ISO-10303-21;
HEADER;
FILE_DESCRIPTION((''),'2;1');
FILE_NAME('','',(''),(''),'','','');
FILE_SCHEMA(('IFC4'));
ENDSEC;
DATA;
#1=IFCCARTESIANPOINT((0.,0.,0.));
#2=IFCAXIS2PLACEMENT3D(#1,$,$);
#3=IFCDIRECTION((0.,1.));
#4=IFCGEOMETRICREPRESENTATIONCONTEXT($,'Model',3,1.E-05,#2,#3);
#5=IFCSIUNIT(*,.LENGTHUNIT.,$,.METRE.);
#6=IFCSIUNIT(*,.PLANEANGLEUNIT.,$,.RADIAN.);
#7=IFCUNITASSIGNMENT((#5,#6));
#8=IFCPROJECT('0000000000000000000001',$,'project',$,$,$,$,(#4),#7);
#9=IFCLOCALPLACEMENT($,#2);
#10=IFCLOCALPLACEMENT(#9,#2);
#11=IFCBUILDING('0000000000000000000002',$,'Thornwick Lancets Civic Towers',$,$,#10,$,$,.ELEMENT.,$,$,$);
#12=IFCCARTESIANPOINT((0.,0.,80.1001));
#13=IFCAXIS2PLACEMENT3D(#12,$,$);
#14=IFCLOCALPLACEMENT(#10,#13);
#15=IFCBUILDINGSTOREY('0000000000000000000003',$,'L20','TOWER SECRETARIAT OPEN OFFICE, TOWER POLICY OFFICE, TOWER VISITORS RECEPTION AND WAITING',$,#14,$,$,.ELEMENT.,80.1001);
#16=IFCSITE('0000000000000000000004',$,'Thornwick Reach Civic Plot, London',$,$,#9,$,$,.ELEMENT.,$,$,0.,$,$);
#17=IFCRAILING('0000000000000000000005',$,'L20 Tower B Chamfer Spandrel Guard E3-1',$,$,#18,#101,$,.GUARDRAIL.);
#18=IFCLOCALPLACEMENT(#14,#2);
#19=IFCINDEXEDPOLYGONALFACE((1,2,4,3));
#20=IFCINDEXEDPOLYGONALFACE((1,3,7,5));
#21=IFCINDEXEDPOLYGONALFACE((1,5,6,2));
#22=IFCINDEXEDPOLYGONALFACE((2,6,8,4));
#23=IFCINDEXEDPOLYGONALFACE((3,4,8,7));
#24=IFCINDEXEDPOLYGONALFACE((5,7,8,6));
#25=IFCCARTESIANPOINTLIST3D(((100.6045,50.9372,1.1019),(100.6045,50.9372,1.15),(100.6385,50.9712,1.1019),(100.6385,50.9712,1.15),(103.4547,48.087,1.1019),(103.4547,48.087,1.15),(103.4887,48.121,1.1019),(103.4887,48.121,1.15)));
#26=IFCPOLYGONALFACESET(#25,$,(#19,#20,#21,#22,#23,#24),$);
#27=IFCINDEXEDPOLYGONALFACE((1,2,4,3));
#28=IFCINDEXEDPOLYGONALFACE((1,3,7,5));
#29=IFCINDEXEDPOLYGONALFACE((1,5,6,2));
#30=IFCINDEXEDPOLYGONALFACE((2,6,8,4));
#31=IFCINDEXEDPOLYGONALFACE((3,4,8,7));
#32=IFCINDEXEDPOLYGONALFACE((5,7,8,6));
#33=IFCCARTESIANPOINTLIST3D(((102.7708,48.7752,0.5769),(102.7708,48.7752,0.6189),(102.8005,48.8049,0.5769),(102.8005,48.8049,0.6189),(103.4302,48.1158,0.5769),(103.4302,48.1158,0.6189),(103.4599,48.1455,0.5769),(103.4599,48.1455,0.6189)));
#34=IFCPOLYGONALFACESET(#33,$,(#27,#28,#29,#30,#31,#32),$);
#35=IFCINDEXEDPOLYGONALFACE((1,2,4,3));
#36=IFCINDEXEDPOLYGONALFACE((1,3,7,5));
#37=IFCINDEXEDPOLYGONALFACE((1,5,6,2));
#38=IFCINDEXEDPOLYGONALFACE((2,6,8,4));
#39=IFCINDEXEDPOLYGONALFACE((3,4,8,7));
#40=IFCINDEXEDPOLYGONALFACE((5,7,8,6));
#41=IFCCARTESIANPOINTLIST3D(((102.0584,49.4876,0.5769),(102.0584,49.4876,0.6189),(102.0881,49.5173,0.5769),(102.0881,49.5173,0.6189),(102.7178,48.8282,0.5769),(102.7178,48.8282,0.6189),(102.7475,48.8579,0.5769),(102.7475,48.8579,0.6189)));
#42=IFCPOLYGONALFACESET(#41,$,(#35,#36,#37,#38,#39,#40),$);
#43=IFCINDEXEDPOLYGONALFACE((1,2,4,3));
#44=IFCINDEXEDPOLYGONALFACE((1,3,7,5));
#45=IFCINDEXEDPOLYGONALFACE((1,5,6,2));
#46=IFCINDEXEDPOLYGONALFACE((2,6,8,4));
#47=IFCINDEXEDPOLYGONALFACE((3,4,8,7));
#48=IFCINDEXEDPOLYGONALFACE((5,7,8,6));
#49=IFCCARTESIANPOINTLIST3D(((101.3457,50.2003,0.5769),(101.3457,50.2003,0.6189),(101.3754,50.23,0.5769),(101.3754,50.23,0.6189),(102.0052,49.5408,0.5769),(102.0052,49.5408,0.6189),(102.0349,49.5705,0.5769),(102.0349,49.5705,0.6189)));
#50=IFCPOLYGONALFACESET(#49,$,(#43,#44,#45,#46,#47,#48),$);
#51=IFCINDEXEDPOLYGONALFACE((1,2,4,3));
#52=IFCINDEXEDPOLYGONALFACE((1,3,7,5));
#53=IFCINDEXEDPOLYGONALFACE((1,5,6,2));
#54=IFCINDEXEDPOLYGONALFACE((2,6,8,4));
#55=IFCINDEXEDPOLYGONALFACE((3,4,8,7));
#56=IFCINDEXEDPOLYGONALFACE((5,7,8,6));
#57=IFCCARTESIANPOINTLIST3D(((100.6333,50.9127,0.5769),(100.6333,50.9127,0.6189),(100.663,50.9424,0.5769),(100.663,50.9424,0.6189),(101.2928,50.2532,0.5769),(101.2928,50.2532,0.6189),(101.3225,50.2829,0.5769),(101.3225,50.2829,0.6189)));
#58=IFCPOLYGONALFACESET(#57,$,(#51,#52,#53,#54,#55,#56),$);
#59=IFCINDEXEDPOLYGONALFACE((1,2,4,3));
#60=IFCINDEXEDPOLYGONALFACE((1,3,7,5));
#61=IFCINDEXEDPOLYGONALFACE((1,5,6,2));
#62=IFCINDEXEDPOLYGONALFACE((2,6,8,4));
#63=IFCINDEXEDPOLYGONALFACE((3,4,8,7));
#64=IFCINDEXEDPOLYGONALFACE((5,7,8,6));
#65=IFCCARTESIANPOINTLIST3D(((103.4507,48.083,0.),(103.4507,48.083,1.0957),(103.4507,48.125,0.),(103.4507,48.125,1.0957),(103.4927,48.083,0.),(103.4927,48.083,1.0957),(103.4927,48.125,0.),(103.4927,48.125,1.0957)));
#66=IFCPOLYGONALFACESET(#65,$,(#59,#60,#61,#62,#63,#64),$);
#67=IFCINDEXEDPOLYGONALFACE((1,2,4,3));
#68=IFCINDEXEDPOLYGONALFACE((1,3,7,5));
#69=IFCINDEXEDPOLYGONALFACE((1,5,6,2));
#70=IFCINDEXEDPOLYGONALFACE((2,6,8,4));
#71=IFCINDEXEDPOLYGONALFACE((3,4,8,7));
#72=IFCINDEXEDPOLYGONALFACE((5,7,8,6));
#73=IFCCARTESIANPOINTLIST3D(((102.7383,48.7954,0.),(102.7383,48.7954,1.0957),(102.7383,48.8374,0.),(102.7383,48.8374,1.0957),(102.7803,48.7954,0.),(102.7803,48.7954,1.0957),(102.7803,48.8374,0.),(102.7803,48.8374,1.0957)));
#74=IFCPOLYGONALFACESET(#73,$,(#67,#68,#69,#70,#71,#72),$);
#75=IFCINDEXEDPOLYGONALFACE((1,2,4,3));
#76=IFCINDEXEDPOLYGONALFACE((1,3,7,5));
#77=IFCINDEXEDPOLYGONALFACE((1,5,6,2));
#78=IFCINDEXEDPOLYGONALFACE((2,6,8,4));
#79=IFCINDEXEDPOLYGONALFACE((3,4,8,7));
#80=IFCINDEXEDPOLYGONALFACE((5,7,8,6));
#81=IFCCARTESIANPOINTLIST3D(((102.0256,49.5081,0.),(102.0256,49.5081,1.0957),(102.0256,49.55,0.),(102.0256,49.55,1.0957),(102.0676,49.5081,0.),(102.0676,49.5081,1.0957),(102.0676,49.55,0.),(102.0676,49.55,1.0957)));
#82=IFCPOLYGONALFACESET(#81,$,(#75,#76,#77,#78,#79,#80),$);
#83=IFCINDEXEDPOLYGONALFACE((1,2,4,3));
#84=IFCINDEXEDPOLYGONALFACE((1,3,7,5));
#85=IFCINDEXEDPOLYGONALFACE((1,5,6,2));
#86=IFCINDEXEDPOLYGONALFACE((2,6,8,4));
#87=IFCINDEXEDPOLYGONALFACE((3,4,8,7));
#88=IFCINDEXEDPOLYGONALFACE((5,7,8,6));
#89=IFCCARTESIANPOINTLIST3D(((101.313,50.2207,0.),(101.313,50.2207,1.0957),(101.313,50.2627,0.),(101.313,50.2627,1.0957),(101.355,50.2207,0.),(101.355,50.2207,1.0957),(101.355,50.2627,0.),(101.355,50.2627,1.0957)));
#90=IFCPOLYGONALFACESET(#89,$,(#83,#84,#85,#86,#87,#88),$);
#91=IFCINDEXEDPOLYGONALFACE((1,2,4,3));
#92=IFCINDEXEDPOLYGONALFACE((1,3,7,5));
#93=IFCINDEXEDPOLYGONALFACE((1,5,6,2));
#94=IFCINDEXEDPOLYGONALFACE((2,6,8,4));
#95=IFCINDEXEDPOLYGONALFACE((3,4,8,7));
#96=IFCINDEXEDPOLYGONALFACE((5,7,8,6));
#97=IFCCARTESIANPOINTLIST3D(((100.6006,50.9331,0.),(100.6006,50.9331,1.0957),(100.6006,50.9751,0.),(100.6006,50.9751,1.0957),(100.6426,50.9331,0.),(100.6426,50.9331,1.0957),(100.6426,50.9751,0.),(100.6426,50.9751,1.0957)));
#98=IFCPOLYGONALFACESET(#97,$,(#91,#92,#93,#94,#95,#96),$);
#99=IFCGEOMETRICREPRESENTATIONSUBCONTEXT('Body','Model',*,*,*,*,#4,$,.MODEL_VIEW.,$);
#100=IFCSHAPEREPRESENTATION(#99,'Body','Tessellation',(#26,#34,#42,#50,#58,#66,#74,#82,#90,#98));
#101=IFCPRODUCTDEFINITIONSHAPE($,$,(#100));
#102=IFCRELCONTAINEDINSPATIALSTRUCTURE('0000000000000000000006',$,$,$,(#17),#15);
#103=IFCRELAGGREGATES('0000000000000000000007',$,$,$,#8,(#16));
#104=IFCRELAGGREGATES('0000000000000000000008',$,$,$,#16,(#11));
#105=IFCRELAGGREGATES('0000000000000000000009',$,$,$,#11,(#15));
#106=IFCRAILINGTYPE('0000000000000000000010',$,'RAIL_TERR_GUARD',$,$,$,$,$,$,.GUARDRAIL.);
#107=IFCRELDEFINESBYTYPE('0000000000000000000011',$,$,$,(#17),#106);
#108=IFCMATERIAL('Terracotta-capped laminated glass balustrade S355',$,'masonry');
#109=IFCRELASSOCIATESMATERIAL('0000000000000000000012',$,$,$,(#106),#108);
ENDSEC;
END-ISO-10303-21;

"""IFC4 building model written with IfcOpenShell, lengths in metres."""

from ifc_helpers import new_model, si_unit, direction, frame, origin, origin_2d, place, context, subcontext, project, spatial, rectangle, extrude, material, type_object, element, save


model = new_model("IFC4")

# Units and contexts
model_context = context("Model", 3, precision=1e-05, world=origin(), true_north=direction((0.0, 1.0)))
body_context = subcontext(model_context, "Body", "Model", "MODEL_VIEW")
ifc_project = project(units=[si_unit("LENGTHUNIT", "METRE"), si_unit("PLANEANGLEUNIT", "RADIAN")], contexts=[model_context])

# Site, building, storey
site_placement = place(None, origin())
site = spatial("IfcSite", under=ifc_project, at=site_placement, Name="Thornwick Reach Civic Plot, London", CompositionType="ELEMENT", RefElevation=0.0)
building_placement = place(site_placement, origin())
building = spatial("IfcBuilding", under=site, at=building_placement, Name="Thornwick Lancets Civic Towers", CompositionType="ELEMENT")
storey_placement = place(building_placement, frame((0.0, 0.0, 80.1001)))
storey = spatial("IfcBuildingStorey", under=building, at=storey_placement, Name="L20", Description="TOWER SECRETARIAT OPEN OFFICE, TOWER POLICY OFFICE, TOWER VISITORS RECEPTION AND WAITING", CompositionType="ELEMENT", Elevation=80.1001)

# Railing
ifc_material_1 = material(Name="Terracotta-capped laminated glass balustrade S355", Category="masonry")
railing_type = type_object("IfcRailingType", Name="RAIL_TERR_GUARD", PredefinedType="GUARDRAIL", material=ifc_material_1)
railing_placement = place(storey_placement, frame((103.4717, 48.104, 0.0)))
element("IfcRailing", 1, at=railing_placement, inside=storey, type_object=railing_type, Name="L20 Tower B Chamfer Spandrel Guard E3-1", PredefinedType="GUARDRAIL", context=body_context, shape_type="SweptSolid", body=[
    extrude(rectangle(XDim=0.0481, YDim=0.0481, at=origin_2d()), frame((0.0, 0.0, 1.126), z_axis=(-0.707107, 0.707107, 0.0), x_axis=(-0.707107, -0.707107, 0.0)), (0.0, 0.0, 1.0), 4.0308),
    extrude(rectangle(XDim=0.042, YDim=0.042, at=origin_2d()), frame((-0.0266, 0.0266, 0.5979), z_axis=(-0.707107, 0.707107, 0.0), x_axis=(-0.707107, -0.707107, 0.0)), (0.0, 0.0, 1.0), 0.9326),
    extrude(rectangle(XDim=0.042, YDim=0.042, at=origin_2d()), frame((-0.739, 0.739, 0.5979), z_axis=(-0.707107, 0.707107, 0.0), x_axis=(-0.707107, -0.707107, 0.0)), (0.0, 0.0, 1.0), 0.9326),
    extrude(rectangle(XDim=0.042, YDim=0.042, at=origin_2d()), frame((-1.4517, 1.4517, 0.5979), z_axis=(-0.707107, 0.707107, 0.0), x_axis=(-0.707107, -0.707107, 0.0)), (0.0, 0.0, 1.0), 0.9326),
    extrude(rectangle(XDim=0.042, YDim=0.042, at=origin_2d()), frame((-2.1641, 2.1641, 0.5979), z_axis=(-0.707107, 0.707107, 0.0), x_axis=(-0.707107, -0.707107, 0.0)), (0.0, 0.0, 1.0), 0.9326),
    extrude(rectangle(XDim=0.042, YDim=0.042, at=origin_2d()), origin(), (0.0, 0.0, 1.0), 1.0957),
    extrude(rectangle(XDim=0.042, YDim=0.042, at=origin_2d()), frame((-0.7124, 0.7124, 0.0)), (0.0, 0.0, 1.0), 1.0957),
    extrude(rectangle(XDim=0.042, YDim=0.042, at=origin_2d()), frame((-1.425, 1.425, 0.0)), (0.0, 0.0, 1.0), 1.0957),
    extrude(rectangle(XDim=0.042, YDim=0.042, at=origin_2d()), frame((-2.1377, 2.1377, 0.0)), (0.0, 0.0, 1.0), 1.0957),
    extrude(rectangle(XDim=0.042, YDim=0.042, at=origin_2d()), frame((-2.8501, 2.8501, 0.0)), (0.0, 0.0, 1.0), 1.0957),
])

save(model, "model.ifc")
